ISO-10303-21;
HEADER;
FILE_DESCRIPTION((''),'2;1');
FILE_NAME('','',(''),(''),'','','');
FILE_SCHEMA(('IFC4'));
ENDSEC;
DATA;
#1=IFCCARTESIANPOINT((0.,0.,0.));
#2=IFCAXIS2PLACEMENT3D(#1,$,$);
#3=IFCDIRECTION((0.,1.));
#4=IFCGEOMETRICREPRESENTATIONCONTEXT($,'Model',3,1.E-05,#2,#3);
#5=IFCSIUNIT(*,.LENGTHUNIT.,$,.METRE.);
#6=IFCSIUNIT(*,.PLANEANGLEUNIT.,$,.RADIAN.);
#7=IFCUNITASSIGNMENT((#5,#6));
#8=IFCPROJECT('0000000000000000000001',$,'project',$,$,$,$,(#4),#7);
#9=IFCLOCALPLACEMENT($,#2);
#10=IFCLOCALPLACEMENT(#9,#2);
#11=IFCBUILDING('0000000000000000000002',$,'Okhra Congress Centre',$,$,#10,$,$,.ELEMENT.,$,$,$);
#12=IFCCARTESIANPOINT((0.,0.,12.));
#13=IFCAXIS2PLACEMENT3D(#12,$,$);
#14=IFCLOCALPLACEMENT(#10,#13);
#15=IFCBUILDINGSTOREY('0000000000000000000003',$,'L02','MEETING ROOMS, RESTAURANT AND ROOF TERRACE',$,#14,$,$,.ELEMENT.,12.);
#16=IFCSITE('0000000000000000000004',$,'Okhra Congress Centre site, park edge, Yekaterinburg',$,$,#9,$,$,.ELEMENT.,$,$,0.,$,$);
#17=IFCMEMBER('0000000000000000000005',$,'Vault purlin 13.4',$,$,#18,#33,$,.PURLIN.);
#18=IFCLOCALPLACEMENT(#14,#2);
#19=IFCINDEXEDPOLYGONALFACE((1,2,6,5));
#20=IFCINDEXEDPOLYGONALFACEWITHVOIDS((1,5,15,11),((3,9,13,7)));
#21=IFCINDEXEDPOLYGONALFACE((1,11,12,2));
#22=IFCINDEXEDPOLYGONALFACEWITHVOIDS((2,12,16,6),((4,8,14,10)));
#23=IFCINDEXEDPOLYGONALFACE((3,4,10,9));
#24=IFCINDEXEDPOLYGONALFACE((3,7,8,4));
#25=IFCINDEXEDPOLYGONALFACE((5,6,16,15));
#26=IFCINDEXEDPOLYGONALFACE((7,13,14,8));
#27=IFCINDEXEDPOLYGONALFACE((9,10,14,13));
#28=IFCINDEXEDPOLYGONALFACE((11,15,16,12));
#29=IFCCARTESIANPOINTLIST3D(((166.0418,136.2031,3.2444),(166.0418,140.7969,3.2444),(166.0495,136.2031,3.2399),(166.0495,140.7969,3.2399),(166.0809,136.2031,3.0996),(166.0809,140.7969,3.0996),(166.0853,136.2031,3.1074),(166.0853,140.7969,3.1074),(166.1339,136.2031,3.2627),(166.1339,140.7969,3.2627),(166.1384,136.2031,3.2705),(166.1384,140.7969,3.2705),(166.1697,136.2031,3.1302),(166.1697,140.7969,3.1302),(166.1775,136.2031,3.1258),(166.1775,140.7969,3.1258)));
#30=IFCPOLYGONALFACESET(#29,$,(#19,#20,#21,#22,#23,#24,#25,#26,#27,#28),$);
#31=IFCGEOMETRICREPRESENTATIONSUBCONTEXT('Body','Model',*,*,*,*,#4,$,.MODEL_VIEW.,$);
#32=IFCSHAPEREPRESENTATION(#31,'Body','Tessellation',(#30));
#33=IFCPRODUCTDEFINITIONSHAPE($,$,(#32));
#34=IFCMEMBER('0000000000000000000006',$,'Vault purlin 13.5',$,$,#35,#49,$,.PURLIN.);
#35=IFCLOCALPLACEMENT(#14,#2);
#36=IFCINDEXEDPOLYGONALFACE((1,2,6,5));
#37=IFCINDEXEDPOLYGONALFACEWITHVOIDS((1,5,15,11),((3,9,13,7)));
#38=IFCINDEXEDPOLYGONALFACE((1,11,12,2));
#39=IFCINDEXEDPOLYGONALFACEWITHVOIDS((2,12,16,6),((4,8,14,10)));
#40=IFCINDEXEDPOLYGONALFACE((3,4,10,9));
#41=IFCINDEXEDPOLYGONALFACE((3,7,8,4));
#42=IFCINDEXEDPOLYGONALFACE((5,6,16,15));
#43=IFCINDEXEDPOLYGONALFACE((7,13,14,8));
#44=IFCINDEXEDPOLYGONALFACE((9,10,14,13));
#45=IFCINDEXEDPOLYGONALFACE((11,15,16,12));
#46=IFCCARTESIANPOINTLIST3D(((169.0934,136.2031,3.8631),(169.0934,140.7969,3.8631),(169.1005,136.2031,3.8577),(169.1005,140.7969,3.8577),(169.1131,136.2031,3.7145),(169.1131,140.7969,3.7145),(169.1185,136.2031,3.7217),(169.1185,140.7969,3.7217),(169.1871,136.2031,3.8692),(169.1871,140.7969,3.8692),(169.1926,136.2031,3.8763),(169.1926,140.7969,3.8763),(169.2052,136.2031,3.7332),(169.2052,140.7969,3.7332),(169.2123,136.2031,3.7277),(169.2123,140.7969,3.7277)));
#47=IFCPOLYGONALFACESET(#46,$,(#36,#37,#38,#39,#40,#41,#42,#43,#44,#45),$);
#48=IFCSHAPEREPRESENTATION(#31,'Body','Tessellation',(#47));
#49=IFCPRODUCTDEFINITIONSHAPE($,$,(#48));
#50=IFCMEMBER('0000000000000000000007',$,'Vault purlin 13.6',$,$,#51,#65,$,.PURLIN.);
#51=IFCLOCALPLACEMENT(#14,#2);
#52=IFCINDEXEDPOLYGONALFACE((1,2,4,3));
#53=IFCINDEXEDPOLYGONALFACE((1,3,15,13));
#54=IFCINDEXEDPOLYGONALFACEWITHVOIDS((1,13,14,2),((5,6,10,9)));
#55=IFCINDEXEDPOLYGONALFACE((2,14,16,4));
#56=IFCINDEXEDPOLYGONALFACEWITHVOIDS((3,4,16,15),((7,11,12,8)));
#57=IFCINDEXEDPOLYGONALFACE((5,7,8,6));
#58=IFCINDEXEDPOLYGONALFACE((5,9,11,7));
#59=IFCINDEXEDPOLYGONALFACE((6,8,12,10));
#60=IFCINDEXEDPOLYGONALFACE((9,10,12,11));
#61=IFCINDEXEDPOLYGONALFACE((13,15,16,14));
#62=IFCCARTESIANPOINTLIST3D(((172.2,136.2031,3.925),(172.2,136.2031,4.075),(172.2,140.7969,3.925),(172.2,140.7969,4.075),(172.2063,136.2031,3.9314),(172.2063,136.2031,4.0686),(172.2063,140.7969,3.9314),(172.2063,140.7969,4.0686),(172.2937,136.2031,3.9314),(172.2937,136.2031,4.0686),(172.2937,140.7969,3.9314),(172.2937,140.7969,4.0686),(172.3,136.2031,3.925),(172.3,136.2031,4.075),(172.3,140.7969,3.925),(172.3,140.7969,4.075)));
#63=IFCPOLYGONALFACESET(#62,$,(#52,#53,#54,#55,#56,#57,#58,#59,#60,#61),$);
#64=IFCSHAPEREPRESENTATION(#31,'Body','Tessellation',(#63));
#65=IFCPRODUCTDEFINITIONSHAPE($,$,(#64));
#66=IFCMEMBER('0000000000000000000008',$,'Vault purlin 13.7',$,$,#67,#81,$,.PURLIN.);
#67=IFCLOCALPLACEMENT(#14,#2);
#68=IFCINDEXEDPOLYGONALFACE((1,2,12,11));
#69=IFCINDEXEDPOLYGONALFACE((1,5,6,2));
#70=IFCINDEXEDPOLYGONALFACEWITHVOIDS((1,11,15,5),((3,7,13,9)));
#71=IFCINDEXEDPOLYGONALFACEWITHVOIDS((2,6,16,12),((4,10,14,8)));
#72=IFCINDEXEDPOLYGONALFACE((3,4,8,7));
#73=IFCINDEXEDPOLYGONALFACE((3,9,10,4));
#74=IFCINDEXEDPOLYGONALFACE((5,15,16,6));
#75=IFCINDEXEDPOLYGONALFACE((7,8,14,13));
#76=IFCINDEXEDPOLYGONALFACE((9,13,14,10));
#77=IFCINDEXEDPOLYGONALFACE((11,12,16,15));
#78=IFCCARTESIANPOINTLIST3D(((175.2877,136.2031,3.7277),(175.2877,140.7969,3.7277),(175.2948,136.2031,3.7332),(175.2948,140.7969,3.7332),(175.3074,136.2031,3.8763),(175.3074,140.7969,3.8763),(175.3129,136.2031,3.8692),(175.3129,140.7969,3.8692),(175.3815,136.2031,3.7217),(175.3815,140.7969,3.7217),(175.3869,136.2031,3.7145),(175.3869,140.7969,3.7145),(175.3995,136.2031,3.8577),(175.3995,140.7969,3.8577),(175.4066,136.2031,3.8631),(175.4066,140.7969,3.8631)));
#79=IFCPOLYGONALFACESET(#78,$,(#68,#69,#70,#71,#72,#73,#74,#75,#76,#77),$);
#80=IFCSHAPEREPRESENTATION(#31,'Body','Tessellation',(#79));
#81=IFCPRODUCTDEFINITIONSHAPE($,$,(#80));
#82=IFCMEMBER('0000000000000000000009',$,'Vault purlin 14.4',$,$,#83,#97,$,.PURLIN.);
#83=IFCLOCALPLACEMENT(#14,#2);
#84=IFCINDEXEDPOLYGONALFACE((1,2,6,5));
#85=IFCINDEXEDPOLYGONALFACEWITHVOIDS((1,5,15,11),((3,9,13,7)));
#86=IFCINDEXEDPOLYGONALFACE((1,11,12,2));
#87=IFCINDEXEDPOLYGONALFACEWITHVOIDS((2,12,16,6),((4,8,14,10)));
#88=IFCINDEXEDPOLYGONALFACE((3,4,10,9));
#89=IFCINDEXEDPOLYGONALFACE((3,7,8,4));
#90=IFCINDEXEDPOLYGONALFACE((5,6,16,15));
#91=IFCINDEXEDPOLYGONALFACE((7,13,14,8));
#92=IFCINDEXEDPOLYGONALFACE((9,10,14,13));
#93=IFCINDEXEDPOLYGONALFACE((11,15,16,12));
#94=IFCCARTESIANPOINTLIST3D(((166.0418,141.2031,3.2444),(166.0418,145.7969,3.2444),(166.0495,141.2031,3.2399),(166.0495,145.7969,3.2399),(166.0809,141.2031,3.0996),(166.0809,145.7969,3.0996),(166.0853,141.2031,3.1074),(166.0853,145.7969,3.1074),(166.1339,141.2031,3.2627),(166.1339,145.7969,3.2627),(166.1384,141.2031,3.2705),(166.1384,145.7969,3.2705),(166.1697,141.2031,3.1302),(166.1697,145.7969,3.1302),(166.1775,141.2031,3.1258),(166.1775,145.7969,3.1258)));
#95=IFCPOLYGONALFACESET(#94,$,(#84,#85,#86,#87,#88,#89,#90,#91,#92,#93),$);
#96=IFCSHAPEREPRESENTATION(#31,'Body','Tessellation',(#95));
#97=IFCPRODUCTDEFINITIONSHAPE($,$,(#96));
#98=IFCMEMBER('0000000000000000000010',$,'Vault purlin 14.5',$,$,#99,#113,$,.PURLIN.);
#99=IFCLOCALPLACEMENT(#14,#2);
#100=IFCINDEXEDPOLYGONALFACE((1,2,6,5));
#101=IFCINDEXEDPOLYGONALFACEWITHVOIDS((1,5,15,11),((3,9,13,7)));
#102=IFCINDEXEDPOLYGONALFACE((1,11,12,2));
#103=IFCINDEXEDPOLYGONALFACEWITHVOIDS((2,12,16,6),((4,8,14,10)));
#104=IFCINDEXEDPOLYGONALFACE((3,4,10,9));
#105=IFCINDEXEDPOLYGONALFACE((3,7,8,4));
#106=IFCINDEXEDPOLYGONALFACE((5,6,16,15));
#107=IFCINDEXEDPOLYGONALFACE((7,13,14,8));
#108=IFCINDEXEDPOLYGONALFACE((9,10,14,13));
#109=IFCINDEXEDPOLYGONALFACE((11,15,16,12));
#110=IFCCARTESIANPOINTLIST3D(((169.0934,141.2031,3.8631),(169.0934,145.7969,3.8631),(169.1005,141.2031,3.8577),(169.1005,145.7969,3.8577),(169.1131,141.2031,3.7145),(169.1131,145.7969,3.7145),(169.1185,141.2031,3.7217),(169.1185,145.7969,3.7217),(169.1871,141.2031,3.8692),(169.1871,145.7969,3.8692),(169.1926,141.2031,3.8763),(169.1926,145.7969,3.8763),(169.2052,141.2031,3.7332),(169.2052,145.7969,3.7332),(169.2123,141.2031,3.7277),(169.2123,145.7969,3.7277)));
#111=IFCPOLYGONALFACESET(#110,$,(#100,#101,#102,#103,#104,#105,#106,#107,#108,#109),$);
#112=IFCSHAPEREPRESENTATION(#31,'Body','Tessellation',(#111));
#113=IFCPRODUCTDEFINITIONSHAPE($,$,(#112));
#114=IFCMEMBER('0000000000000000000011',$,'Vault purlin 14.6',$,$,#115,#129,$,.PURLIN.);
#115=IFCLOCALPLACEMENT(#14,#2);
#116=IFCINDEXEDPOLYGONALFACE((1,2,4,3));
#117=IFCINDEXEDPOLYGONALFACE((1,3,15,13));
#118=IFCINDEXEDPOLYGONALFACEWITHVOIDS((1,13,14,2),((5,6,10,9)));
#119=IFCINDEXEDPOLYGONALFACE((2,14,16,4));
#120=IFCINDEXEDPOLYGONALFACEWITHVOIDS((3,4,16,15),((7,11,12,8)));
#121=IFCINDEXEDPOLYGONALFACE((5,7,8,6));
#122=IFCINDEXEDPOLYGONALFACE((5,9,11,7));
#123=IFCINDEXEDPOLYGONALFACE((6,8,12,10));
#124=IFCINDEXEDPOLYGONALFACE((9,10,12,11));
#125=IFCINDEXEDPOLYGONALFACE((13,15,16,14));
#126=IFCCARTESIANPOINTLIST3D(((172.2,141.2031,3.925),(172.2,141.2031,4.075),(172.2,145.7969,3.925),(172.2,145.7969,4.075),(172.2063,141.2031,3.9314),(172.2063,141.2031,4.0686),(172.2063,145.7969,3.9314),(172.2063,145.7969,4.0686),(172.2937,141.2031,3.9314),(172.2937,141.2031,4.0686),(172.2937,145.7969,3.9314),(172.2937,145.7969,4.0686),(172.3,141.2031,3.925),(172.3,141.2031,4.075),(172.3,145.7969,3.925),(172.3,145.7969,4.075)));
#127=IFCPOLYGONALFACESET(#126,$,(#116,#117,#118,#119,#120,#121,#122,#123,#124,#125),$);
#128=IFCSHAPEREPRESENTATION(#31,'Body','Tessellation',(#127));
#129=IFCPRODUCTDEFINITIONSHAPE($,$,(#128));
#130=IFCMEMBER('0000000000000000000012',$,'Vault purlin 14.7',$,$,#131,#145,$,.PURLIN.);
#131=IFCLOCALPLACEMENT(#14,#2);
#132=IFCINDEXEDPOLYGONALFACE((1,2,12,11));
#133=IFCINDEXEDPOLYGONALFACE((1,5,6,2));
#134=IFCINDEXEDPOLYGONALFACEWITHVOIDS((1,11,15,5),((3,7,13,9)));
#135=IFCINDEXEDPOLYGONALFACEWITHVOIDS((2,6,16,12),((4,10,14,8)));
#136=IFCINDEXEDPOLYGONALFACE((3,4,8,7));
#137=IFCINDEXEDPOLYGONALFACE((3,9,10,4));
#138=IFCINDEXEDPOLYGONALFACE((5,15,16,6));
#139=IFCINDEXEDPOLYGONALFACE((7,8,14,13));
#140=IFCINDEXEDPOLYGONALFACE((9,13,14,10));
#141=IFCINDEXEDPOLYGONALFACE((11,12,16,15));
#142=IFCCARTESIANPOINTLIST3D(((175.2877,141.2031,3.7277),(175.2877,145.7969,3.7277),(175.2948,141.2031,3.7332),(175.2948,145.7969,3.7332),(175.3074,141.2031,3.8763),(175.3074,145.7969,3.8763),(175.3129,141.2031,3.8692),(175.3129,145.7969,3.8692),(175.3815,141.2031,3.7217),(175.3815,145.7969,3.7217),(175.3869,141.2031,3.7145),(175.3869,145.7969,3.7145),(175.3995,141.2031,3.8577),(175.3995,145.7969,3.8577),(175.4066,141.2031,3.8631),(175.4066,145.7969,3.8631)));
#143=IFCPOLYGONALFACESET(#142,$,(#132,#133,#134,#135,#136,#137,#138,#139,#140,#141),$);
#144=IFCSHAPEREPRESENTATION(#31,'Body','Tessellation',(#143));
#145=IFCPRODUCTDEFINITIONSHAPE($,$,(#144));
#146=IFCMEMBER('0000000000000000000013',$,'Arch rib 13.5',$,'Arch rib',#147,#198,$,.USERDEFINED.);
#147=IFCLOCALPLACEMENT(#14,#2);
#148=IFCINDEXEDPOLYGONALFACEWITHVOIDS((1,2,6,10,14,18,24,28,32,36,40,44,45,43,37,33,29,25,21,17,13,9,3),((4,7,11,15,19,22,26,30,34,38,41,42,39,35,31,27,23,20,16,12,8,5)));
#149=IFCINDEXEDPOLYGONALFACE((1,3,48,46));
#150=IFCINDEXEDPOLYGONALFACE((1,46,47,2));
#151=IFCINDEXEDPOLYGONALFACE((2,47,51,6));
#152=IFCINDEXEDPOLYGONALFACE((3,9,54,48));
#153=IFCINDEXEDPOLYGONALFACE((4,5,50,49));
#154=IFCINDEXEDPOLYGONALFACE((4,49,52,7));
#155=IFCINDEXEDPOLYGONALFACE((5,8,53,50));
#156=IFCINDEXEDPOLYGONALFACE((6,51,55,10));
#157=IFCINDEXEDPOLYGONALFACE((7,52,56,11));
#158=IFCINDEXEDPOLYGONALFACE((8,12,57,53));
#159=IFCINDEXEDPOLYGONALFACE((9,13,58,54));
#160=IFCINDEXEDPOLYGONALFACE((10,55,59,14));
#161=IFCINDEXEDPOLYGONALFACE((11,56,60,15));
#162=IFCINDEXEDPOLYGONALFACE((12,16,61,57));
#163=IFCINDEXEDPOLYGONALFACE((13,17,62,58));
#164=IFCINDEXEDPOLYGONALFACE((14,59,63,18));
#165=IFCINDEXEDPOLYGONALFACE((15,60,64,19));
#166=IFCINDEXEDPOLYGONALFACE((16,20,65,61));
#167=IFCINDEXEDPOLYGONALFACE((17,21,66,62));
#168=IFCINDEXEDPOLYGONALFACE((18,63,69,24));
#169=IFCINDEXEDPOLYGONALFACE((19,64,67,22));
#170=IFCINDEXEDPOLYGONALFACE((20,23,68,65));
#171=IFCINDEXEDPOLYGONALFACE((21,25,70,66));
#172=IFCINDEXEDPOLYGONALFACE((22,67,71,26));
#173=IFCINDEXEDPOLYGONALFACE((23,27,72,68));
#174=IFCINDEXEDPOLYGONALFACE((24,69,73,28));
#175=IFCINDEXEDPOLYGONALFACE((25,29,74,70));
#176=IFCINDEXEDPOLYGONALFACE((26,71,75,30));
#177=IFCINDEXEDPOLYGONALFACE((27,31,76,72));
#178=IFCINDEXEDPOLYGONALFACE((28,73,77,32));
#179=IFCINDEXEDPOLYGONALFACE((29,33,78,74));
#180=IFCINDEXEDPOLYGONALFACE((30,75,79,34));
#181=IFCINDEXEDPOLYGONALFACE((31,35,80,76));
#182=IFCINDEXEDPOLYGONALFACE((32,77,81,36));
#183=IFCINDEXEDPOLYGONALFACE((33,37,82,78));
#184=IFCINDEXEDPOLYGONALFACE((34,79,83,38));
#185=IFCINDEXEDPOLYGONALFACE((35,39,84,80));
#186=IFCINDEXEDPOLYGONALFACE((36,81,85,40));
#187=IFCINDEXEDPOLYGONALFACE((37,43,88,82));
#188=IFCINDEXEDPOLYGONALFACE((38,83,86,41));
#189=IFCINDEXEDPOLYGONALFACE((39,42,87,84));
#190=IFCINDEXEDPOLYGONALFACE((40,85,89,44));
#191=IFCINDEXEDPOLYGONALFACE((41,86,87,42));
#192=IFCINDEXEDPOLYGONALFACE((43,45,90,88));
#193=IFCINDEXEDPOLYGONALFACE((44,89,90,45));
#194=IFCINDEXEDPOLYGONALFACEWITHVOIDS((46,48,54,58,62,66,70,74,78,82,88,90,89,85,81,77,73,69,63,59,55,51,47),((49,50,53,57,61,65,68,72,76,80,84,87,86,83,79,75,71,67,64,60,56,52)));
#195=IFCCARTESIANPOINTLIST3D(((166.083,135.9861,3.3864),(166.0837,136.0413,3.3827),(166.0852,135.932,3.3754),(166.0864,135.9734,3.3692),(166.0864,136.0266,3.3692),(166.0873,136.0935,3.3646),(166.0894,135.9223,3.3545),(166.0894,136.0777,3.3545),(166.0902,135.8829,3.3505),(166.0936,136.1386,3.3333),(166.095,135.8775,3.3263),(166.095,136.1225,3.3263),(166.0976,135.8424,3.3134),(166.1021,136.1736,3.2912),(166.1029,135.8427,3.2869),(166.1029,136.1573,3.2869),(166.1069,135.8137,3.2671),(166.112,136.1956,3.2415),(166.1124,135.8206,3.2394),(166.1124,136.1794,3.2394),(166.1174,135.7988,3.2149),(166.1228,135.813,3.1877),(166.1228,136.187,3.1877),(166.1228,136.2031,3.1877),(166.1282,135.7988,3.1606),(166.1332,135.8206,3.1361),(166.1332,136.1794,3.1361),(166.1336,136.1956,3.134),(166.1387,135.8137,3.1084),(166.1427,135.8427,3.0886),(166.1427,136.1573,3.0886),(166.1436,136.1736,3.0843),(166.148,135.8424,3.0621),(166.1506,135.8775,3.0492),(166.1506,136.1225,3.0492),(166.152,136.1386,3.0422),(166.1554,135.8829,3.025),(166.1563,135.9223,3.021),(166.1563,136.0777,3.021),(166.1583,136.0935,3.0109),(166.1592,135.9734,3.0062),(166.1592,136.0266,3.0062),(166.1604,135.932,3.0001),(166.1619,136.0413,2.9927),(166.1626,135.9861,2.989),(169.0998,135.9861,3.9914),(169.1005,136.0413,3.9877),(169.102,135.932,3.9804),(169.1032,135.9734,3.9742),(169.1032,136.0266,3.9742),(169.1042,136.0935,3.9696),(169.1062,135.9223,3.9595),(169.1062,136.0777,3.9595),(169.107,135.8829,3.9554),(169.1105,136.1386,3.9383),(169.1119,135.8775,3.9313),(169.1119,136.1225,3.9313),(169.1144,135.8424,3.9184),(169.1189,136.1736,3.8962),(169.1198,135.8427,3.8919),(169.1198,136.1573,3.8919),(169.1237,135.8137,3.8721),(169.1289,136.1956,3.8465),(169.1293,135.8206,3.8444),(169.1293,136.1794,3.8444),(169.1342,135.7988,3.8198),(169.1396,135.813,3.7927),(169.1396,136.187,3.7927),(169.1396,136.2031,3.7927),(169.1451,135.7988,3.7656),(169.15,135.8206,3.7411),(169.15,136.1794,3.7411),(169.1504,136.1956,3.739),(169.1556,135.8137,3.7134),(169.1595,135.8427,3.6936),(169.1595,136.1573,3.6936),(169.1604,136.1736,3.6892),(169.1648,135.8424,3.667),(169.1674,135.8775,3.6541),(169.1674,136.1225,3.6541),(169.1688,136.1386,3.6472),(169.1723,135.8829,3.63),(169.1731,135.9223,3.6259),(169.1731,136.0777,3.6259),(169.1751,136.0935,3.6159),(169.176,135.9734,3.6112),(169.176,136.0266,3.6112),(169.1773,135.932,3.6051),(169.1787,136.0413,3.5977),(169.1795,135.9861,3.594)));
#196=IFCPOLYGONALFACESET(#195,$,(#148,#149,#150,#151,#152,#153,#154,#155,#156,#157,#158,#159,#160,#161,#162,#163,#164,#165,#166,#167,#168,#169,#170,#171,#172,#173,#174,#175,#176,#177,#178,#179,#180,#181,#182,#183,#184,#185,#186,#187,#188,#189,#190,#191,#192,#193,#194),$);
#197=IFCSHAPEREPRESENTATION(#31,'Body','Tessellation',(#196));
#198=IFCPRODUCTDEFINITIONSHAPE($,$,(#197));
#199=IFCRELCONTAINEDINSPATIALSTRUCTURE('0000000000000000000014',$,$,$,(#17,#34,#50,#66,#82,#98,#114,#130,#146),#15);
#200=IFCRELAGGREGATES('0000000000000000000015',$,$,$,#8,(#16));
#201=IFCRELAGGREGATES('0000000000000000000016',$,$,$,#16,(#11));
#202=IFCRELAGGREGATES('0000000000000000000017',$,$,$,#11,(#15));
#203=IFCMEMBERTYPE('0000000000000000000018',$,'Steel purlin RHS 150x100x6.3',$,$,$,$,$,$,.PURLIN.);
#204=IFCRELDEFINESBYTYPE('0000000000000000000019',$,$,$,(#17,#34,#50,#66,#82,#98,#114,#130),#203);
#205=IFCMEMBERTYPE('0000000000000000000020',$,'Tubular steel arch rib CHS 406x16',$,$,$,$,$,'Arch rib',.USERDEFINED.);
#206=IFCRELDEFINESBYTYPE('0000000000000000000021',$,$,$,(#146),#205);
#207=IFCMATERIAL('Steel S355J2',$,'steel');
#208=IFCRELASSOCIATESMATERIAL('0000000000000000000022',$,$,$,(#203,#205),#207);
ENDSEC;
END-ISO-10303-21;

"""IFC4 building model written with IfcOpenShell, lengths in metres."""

from ifc_helpers import new_model, si_unit, direction, frame, origin, origin_2d, place, context, subcontext, project, spatial, hollow_rectangle, hollow_circle, extrude, material, material_profile, profile_set, type_object, element, save


model = new_model("IFC4")

# Units and contexts
model_context = context("Model", 3, precision=1e-05, world=origin(), true_north=direction((0.0, 1.0)))
body_context = subcontext(model_context, "Body", "Model", "MODEL_VIEW")
ifc_project = project(units=[si_unit("LENGTHUNIT", "METRE"), si_unit("PLANEANGLEUNIT", "RADIAN")], contexts=[model_context])

# Site, building, storey
site_placement = place(None, origin())
site = spatial("IfcSite", under=ifc_project, at=site_placement, Name="Okhra Congress Centre site, park edge, Yekaterinburg", CompositionType="ELEMENT", RefElevation=0.0)
building_placement = place(site_placement, origin())
building = spatial("IfcBuilding", under=site, at=building_placement, Name="Okhra Congress Centre", CompositionType="ELEMENT")
storey_placement = place(building_placement, frame((0.0, 0.0, 12.0)))
storey = spatial("IfcBuildingStorey", under=building, at=storey_placement, Name="L02", Description="MEETING ROOMS, RESTAURANT AND ROOF TERRACE", CompositionType="ELEMENT", Elevation=12.0)

# Members
ifc_material_1 = material(Name="Steel S355J2", Category="steel")
ifc_material_profile_1 = material_profile(ifc_material_1, hollow_rectangle(XDim=0.1001, YDim=0.1499, WallThickness=0.0063, at=origin_2d()), Name="RHS 150x100x6.3")
ifc_profile_set_1 = profile_set([ifc_material_profile_1], Name="Steel S355J2")
member_type_1 = type_object("IfcMemberType", Name="Steel purlin RHS 150x100x6.3", PredefinedType="PURLIN", material=ifc_profile_set_1)
for number, where, z_axis, x_axis, name in (
    (1, (166.1096, 136.2031, 3.1851), (0.0, 1.0, 0.0), (-0.96538, 0.0, -0.260848), "Vault purlin 13.4"),
    (2, (169.1528, 136.2031, 3.7954), (0.0, 1.0, 0.0), (-0.991307, 0.0, -0.131568), "Vault purlin 13.5"),
    (3, (172.25, 136.2031, 4.0), (0.0, 1.0, 0.0), (-1.0, 0.0, 0.0), "Vault purlin 13.6"),
    (4, (175.3472, 136.2031, 3.7954), (0.0, 1.0, 0.0), (-0.991307, 0.0, 0.131568), "Vault purlin 13.7"),
    (5, (166.1096, 141.2031, 3.1851), (0.0, 1.0, 0.0), (-0.96538, 0.0, -0.260848), "Vault purlin 14.4"),
    (6, (169.1528, 141.2031, 3.7954), (0.0, 1.0, 0.0), (-0.991307, 0.0, -0.131568), "Vault purlin 14.5"),
    (7, (172.25, 141.2031, 4.0), (0.0, 1.0, 0.0), (-1.0, 0.0, 0.0), "Vault purlin 14.6"),
    (8, (175.3472, 141.2031, 3.7954), (0.0, 1.0, 0.0), (-0.991307, 0.0, 0.131568), "Vault purlin 14.7"),
):
    element("IfcMember", number, at=place(storey_placement, frame(where, z_axis=z_axis, x_axis=x_axis)), inside=storey, type_object=member_type_1, Name=name, PredefinedType="PURLIN", context=body_context, shape_type="SweptSolid", body=[
        extrude(hollow_rectangle(XDim=0.1001, YDim=0.1499, WallThickness=0.0063, at=origin_2d()), origin(), (0.0, 0.0, 1.0), 4.5938),
    ])
ifc_material_profile_2 = material_profile(ifc_material_1, hollow_circle(Radius=0.2031, WallThickness=0.0161, at=origin_2d()), Name="CHS 406.4x16")
ifc_profile_set_2 = profile_set([ifc_material_profile_2], Name="Steel S355J2")
member_type_2 = type_object("IfcMemberType", Name="Tubular steel arch rib CHS 406x16", ElementType="Arch rib", PredefinedType="USERDEFINED", material=ifc_profile_set_2)
for number, where, z_axis, x_axis, name in (
    (9, (166.1228, 136.0, 3.1877), (0.98048, 0.0, 0.19662), (0.0, 1.0, 0.0), "Arch rib 13.5"),
):
    element("IfcMember", number, at=place(storey_placement, frame(where, z_axis=z_axis, x_axis=x_axis)), inside=storey, type_object=member_type_2, Name=name, ObjectType="Arch rib", PredefinedType="USERDEFINED", context=body_context, shape_type="SweptSolid", body=[
        extrude(hollow_circle(Radius=0.2031, WallThickness=0.0161, at=origin_2d()), origin(), (0.0, 0.0, 1.0), 3.0769),
    ])

save(model, "model.ifc")
